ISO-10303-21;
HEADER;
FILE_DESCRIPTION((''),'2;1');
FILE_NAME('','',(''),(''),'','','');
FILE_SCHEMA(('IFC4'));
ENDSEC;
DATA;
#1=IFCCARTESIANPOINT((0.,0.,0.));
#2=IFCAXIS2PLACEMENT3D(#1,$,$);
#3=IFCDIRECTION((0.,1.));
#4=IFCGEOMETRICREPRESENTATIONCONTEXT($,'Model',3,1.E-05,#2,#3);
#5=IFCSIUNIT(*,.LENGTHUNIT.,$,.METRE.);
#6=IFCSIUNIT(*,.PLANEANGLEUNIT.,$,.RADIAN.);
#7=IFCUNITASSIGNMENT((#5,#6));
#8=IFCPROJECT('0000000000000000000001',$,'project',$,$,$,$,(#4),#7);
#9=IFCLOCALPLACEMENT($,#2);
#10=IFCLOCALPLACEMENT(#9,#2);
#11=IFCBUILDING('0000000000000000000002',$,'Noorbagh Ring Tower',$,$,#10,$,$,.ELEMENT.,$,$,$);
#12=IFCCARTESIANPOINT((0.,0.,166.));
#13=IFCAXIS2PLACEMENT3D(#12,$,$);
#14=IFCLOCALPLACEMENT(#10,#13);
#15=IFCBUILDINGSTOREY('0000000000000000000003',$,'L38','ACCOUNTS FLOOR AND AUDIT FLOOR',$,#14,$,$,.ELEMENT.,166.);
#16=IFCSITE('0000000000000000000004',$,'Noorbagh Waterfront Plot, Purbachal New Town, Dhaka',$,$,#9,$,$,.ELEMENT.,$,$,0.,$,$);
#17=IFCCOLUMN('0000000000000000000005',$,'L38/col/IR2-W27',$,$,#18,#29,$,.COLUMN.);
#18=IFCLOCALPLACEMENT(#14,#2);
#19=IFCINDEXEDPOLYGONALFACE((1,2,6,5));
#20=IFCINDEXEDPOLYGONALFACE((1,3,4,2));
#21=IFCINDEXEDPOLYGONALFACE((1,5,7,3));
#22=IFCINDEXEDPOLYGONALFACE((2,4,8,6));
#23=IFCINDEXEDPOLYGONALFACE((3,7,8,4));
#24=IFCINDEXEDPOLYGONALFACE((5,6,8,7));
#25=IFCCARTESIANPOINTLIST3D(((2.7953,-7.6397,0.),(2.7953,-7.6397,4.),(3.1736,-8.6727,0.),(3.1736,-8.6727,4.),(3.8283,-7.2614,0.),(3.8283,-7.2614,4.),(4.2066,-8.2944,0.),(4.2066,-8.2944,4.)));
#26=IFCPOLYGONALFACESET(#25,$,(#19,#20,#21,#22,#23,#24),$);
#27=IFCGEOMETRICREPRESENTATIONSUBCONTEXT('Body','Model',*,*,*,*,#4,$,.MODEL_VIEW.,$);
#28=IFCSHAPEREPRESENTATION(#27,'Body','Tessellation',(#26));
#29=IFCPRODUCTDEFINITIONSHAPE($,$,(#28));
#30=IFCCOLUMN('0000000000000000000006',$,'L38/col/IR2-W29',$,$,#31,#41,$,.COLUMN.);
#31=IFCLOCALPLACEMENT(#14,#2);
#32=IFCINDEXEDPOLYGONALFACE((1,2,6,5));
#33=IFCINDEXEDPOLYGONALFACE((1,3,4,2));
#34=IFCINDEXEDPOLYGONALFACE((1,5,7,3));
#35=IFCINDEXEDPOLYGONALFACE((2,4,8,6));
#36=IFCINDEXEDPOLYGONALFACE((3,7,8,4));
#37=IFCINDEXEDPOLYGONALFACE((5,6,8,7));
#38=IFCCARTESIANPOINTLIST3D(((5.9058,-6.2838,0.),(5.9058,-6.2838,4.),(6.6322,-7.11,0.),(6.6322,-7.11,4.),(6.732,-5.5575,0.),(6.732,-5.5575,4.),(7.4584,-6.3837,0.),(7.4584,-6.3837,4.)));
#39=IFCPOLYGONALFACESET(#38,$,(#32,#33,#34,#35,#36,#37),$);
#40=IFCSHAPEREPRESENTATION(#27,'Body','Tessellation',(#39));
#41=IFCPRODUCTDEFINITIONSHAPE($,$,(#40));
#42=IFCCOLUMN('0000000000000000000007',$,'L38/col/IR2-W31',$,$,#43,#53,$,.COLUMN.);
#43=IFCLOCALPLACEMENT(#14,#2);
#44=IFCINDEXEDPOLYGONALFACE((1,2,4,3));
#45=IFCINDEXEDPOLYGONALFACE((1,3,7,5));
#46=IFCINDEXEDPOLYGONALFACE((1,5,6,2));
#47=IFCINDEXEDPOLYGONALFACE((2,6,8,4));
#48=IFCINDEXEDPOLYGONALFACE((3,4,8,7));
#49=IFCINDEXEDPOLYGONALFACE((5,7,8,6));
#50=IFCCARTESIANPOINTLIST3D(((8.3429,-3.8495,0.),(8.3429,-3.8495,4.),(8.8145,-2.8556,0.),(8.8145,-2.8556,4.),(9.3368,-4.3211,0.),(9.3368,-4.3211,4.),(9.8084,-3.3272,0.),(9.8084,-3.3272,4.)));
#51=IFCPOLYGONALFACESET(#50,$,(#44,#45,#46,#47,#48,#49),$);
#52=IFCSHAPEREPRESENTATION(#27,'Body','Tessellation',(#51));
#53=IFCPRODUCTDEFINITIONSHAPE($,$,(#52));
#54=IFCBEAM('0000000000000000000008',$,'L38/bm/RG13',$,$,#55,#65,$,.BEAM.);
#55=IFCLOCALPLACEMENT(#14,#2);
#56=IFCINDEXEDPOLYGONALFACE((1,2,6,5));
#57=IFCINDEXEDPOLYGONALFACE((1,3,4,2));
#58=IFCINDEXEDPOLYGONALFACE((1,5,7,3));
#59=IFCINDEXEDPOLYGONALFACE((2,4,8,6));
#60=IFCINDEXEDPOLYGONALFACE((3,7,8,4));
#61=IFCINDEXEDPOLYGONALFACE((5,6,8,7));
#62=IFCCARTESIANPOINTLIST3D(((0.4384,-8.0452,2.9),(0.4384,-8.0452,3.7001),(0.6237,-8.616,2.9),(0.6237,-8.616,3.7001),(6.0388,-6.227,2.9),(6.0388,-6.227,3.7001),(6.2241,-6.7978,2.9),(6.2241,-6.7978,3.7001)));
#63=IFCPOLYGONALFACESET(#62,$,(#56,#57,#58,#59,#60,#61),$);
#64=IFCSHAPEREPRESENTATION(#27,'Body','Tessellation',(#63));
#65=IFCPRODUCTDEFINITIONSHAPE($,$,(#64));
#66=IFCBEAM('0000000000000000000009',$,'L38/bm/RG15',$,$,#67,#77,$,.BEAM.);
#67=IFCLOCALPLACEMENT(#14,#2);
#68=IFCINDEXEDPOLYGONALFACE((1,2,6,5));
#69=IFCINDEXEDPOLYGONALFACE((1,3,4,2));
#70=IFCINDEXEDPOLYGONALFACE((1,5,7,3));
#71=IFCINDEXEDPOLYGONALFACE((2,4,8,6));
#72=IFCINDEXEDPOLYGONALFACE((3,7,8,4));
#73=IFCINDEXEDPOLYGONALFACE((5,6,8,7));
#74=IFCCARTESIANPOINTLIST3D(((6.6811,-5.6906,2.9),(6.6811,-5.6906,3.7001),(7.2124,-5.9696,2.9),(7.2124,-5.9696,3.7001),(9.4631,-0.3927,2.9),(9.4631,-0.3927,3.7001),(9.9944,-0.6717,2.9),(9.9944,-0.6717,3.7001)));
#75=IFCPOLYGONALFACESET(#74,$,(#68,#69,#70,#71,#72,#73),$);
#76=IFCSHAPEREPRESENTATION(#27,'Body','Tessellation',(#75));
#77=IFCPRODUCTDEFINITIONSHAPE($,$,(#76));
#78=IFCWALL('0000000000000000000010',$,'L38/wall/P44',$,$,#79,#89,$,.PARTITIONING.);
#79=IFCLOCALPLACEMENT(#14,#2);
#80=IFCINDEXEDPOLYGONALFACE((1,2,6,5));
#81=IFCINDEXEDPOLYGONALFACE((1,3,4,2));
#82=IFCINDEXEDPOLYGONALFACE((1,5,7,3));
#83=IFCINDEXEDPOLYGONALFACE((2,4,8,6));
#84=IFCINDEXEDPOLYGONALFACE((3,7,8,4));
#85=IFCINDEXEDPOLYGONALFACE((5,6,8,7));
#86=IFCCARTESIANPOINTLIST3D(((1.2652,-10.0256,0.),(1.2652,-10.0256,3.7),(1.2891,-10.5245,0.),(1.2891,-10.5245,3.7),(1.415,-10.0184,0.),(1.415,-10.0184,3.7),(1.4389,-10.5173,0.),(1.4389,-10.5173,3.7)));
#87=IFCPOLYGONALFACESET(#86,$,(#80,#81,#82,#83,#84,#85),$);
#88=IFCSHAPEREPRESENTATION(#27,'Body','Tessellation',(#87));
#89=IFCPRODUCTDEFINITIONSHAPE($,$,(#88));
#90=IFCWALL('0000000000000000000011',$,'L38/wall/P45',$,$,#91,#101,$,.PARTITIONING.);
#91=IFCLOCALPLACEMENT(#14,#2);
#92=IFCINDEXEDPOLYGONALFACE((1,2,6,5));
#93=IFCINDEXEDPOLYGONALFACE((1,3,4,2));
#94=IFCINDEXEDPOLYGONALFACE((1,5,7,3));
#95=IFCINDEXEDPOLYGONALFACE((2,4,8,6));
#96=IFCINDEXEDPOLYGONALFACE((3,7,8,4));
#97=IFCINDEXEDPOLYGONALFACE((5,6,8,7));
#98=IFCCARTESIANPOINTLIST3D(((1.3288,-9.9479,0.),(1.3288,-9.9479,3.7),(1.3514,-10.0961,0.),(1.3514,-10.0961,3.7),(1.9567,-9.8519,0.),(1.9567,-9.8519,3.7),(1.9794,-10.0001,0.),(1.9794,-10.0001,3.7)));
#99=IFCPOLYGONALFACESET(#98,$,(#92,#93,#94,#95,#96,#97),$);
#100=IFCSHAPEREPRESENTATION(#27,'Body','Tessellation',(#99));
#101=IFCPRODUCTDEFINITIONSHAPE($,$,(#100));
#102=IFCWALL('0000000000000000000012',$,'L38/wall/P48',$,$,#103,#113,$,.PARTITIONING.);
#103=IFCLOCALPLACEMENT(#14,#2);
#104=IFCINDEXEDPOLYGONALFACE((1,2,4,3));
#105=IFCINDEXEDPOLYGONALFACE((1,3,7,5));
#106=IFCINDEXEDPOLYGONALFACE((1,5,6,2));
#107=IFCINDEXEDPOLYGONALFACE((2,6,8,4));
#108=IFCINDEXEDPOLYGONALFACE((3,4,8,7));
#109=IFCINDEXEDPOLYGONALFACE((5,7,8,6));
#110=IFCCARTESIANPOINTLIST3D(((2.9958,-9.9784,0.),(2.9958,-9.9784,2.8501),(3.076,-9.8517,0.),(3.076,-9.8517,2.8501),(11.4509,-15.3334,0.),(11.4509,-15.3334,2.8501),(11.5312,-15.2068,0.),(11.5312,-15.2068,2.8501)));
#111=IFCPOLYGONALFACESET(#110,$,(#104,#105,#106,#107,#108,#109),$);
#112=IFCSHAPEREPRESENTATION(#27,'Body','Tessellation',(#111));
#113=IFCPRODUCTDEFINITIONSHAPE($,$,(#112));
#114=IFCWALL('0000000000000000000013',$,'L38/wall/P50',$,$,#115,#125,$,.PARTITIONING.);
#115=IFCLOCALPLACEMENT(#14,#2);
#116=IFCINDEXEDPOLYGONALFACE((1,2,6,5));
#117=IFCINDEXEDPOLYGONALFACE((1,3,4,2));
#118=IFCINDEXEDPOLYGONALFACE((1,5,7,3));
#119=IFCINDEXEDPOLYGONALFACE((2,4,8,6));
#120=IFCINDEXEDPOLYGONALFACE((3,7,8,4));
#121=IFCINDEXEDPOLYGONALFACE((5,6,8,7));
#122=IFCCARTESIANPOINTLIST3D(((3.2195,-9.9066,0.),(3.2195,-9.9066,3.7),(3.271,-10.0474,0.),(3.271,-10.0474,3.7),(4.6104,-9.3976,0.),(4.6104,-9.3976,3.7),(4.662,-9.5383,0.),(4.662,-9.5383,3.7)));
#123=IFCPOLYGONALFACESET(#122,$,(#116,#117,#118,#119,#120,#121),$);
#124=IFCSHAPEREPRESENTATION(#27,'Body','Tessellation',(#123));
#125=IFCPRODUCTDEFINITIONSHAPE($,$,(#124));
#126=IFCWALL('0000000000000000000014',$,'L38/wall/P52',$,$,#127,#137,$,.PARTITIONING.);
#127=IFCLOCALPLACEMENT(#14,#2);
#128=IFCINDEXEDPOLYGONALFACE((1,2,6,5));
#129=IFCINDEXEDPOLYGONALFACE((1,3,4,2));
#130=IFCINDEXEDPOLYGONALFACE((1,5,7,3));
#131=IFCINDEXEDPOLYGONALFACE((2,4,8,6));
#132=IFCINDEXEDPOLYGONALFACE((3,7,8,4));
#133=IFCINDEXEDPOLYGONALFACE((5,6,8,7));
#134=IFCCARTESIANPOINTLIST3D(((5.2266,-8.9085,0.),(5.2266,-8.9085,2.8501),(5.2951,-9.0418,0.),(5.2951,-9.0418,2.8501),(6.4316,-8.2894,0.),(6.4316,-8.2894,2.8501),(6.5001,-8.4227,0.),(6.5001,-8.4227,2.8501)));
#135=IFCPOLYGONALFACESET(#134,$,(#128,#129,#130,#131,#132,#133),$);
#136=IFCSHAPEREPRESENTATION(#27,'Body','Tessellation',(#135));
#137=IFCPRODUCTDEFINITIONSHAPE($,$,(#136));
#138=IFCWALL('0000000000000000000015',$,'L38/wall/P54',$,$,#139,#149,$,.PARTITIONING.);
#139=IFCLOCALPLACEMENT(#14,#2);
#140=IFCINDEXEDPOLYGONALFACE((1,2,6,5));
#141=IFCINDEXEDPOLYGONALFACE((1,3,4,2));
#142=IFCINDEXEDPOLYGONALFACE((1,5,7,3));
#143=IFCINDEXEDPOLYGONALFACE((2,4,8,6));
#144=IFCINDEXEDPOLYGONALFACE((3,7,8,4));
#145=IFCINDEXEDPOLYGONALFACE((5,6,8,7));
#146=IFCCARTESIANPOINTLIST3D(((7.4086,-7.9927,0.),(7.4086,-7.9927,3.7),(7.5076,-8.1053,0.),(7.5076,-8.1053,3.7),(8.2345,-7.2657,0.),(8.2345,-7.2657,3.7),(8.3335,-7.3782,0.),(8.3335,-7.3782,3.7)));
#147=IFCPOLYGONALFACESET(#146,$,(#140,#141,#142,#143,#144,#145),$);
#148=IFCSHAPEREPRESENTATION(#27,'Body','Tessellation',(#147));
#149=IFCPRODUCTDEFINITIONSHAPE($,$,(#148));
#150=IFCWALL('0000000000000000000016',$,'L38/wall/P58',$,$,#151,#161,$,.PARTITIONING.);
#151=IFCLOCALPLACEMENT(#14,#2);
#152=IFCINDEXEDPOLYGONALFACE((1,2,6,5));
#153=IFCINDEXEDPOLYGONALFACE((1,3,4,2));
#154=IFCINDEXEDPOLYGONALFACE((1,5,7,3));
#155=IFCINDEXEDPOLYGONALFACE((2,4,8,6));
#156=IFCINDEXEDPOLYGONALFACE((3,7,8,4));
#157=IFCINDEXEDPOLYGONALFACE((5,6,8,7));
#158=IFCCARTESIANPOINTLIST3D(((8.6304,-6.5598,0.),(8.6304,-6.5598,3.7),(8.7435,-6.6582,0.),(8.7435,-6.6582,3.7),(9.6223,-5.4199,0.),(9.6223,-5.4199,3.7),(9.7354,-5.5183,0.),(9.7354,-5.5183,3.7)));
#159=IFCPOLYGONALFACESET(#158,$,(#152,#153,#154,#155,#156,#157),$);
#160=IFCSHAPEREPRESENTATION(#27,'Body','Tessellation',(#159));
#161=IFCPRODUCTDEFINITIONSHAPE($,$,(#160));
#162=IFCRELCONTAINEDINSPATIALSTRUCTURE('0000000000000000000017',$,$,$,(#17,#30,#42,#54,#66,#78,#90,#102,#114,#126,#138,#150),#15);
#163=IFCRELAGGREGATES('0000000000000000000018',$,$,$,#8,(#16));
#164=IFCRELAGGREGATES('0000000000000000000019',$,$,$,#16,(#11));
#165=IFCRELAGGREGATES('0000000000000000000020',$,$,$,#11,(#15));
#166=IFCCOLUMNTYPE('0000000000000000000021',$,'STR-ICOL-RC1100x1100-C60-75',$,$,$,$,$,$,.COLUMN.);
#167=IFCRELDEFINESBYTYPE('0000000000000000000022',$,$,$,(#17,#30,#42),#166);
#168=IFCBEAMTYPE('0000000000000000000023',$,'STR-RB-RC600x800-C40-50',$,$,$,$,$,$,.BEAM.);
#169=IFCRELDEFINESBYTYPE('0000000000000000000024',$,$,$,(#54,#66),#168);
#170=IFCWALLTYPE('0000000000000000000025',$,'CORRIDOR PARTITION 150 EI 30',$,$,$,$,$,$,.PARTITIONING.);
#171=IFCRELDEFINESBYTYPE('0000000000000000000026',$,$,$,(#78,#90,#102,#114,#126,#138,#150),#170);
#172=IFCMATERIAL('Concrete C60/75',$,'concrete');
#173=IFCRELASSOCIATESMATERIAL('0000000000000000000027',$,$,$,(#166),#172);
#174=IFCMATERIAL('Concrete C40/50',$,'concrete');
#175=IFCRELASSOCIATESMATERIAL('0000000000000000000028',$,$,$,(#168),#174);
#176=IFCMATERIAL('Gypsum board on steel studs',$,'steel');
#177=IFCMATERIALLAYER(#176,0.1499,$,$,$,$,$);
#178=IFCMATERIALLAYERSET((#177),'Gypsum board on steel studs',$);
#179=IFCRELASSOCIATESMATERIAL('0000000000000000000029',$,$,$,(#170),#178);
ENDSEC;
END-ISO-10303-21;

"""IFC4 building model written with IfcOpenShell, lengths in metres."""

from ifc_helpers import new_model, si_unit, direction, frame, frame_2d, origin, origin_2d, place, context, subcontext, project, spatial, rectangle, extrude, material, layer, layer_set, material_profile, profile_set, type_object, element, save


model = new_model("IFC4")

# Units and contexts
model_context = context("Model", 3, precision=1e-05, world=origin(), true_north=direction((0.0, 1.0)))
body_context = subcontext(model_context, "Body", "Model", "MODEL_VIEW")
ifc_project = project(units=[si_unit("LENGTHUNIT", "METRE"), si_unit("PLANEANGLEUNIT", "RADIAN")], contexts=[model_context])

# Site, building, storey
site_placement = place(None, origin())
site = spatial("IfcSite", under=ifc_project, at=site_placement, Name="Noorbagh Waterfront Plot, Purbachal New Town, Dhaka", CompositionType="ELEMENT", RefElevation=0.0)
building_placement = place(site_placement, origin())
building = spatial("IfcBuilding", under=site, at=building_placement, Name="Noorbagh Ring Tower", CompositionType="ELEMENT")
storey_placement = place(building_placement, frame((0.0, 0.0, 166.0)))
storey = spatial("IfcBuildingStorey", under=building, at=storey_placement, Name="L38", Description="ACCOUNTS FLOOR AND AUDIT FLOOR", CompositionType="ELEMENT", Elevation=166.0)

# Columns
ifc_material_1 = material(Name="Concrete C60/75", Category="concrete")
ifc_material_profile_1 = material_profile(ifc_material_1, rectangle(XDim=1.1001, YDim=1.1001, at=origin_2d()), Name="RC1100x1100")
ifc_profile_set_1 = profile_set([ifc_material_profile_1], Name="Concrete C60/75")
column_type = type_object("IfcColumnType", Name="STR-ICOL-RC1100x1100-C60-75", PredefinedType="COLUMN", material=ifc_profile_set_1)
for number, where, z_axis, x_axis, name in (
    (1, (3.501, -7.967, 0.0), (0.0, 0.0, 1.0), (0.93902, 0.343864, 0.0), "L38/col/IR2-W27"),
    (2, (6.6821, -6.3337, 0.0), (0.0, 0.0, 1.0), (0.751022, 0.660277, 0.0), "L38/col/IR2-W29"),
    (3, (9.0757, -3.5884, 0.0), (0.0, 0.0, 1.0), (0.428667, 0.903463, 0.0), "L38/col/IR2-W31"),
):
    element("IfcColumn", number, at=place(storey_placement, frame(where, z_axis=z_axis, x_axis=x_axis)), inside=storey, type_object=column_type, Name=name, PredefinedType="COLUMN", context=body_context, shape_type="SweptSolid", body=[
        extrude(rectangle(XDim=1.1001, YDim=1.1001, at=origin_2d()), origin(), (0.0, 0.0, 1.0), 4.0),
    ])

# Beams
ifc_material_2 = material(Name="Concrete C40/50", Category="concrete")
ifc_material_profile_2 = material_profile(ifc_material_2, rectangle(XDim=0.6001, YDim=0.8, at=origin_2d()), Name="RC600x800")
ifc_profile_set_2 = profile_set([ifc_material_profile_2], Name="Concrete C40/50")
beam_type = type_object("IfcBeamType", Name="STR-RB-RC600x800-C40-50", PredefinedType="BEAM", material=ifc_profile_set_2)
beam_1_placement = place(storey_placement, frame((0.531, -8.3306, 3.3), z_axis=(0.951134, 0.308779, 0.0), x_axis=(-0.308779, 0.951134, 0.0)))
element("IfcBeam", 4, at=beam_1_placement, inside=storey, type_object=beam_type, Name="L38/bm/RG13", PredefinedType="BEAM", context=body_context, shape_type="SweptSolid", body=[
    extrude(rectangle(XDim=0.6001, YDim=0.8, at=origin_2d()), origin(), (0.0, 0.0, 1.0), 5.8882),
])
beam_2_placement = place(storey_placement, frame((6.9468, -5.8301, 3.3), z_axis=(0.464914, 0.885356, 0.0), x_axis=(-0.885356, 0.464914, 0.0)))
element("IfcBeam", 5, at=beam_2_placement, inside=storey, type_object=beam_type, Name="L38/bm/RG15", PredefinedType="BEAM", context=body_context, shape_type="SweptSolid", body=[
    extrude(rectangle(XDim=0.6001, YDim=0.8, at=origin_2d()), origin(), (0.0, 0.0, 1.0), 5.9839),
])

# Walls
ifc_material_3 = material(Name="Gypsum board on steel studs", Category="steel")
ifc_layer_1 = layer(ifc_material_3, 0.1499)
ifc_layer_set_1 = layer_set([ifc_layer_1], Name="Gypsum board on steel studs")
wall_type_1 = type_object("IfcWallType", Name="CORRIDOR PARTITION 150 EI 30", PredefinedType="PARTITIONING", material=ifc_layer_set_1)
wall_1_placement = place(storey_placement, frame((1.3401, -10.022, 0.0), z_axis=(0.0, 0.0, 1.0), x_axis=(0.04789, -0.998853, 0.0)))
element("IfcWall", 6, at=wall_1_placement, inside=storey, type_object=wall_type_1, Name="L38/wall/P44", PredefinedType="PARTITIONING", context=body_context, shape_type="SweptSolid", body=[
    extrude(rectangle(XDim=0.4995, YDim=0.1499, at=frame_2d((0.2498, 0.0))), origin(), (0.0, 0.0, 1.0), 3.7),
])
wall_2_placement = place(storey_placement, frame((1.3401, -10.022, 0.0), z_axis=(0.0, 0.0, 1.0), x_axis=(0.988527, 0.151046, 0.0)))
element("IfcWall", 7, at=wall_2_placement, inside=storey, type_object=wall_type_1, Name="L38/wall/P45", PredefinedType="PARTITIONING", context=body_context, shape_type="SweptSolid", body=[
    extrude(rectangle(XDim=0.6353, YDim=0.1499, at=frame_2d((0.3176, 0.0))), origin(), (0.0, 0.0, 1.0), 3.7),
])
wall_3_placement = place(storey_placement, frame((3.0359, -9.915, 0.0), z_axis=(0.0, 0.0, 1.0), x_axis=(0.844815, -0.535059, 0.0)))
element("IfcWall", 8, at=wall_3_placement, inside=storey, type_object=wall_type_1, Name="L38/wall/P48", PredefinedType="PARTITIONING", context=body_context, shape_type="SweptSolid", body=[
    extrude(rectangle(XDim=10.0083, YDim=0.1499, at=frame_2d((5.0042, 0.0))), origin(), (0.0, 0.0, 1.0), 2.8501),
])
wall_4_placement = place(storey_placement, frame((3.2451, -9.9771, 0.0), z_axis=(0.0, 0.0, 1.0), x_axis=(0.939084, 0.343688, 0.0)))
element("IfcWall", 9, at=wall_4_placement, inside=storey, type_object=wall_type_1, Name="L38/wall/P50", PredefinedType="PARTITIONING", context=body_context, shape_type="SweptSolid", body=[
    extrude(rectangle(XDim=1.4812, YDim=0.1499, at=frame_2d((0.7407, 0.0))), origin(), (0.0, 0.0, 1.0), 3.7),
])
wall_5_placement = place(storey_placement, frame((5.261, -8.9751, 0.0), z_axis=(0.0, 0.0, 1.0), x_axis=(0.889472, 0.45699, 0.0)))
element("IfcWall", 10, at=wall_5_placement, inside=storey, type_object=wall_type_1, Name="L38/wall/P52", PredefinedType="PARTITIONING", context=body_context, shape_type="SweptSolid", body=[
    extrude(rectangle(XDim=1.3547, YDim=0.1499, at=frame_2d((0.6772, 0.0))), origin(), (0.0, 0.0, 1.0), 2.8501),
])
wall_6_placement = place(storey_placement, frame((7.458, -8.0491, 0.0), z_axis=(0.0, 0.0, 1.0), x_axis=(0.750608, 0.660748, 0.0)))
element("IfcWall", 11, at=wall_6_placement, inside=storey, type_object=wall_type_1, Name="L38/wall/P54", PredefinedType="PARTITIONING", context=body_context, shape_type="SweptSolid", body=[
    extrude(rectangle(XDim=1.1003, YDim=0.1499, at=frame_2d((0.5503, 0.0))), origin(), (0.0, 0.0, 1.0), 3.7),
])
wall_7_placement = place(storey_placement, frame((8.687, -6.6089, 0.0), z_axis=(0.0, 0.0, 1.0), x_axis=(0.656455, 0.754365, 0.0)))
element("IfcWall", 12, at=wall_7_placement, inside=storey, type_object=wall_type_1, Name="L38/wall/P58", PredefinedType="PARTITIONING", context=body_context, shape_type="SweptSolid", body=[
    extrude(rectangle(XDim=1.511, YDim=0.1499, at=frame_2d((0.7554, 0.0))), origin(), (0.0, 0.0, 1.0), 3.7),
])

save(model, "model.ifc")
